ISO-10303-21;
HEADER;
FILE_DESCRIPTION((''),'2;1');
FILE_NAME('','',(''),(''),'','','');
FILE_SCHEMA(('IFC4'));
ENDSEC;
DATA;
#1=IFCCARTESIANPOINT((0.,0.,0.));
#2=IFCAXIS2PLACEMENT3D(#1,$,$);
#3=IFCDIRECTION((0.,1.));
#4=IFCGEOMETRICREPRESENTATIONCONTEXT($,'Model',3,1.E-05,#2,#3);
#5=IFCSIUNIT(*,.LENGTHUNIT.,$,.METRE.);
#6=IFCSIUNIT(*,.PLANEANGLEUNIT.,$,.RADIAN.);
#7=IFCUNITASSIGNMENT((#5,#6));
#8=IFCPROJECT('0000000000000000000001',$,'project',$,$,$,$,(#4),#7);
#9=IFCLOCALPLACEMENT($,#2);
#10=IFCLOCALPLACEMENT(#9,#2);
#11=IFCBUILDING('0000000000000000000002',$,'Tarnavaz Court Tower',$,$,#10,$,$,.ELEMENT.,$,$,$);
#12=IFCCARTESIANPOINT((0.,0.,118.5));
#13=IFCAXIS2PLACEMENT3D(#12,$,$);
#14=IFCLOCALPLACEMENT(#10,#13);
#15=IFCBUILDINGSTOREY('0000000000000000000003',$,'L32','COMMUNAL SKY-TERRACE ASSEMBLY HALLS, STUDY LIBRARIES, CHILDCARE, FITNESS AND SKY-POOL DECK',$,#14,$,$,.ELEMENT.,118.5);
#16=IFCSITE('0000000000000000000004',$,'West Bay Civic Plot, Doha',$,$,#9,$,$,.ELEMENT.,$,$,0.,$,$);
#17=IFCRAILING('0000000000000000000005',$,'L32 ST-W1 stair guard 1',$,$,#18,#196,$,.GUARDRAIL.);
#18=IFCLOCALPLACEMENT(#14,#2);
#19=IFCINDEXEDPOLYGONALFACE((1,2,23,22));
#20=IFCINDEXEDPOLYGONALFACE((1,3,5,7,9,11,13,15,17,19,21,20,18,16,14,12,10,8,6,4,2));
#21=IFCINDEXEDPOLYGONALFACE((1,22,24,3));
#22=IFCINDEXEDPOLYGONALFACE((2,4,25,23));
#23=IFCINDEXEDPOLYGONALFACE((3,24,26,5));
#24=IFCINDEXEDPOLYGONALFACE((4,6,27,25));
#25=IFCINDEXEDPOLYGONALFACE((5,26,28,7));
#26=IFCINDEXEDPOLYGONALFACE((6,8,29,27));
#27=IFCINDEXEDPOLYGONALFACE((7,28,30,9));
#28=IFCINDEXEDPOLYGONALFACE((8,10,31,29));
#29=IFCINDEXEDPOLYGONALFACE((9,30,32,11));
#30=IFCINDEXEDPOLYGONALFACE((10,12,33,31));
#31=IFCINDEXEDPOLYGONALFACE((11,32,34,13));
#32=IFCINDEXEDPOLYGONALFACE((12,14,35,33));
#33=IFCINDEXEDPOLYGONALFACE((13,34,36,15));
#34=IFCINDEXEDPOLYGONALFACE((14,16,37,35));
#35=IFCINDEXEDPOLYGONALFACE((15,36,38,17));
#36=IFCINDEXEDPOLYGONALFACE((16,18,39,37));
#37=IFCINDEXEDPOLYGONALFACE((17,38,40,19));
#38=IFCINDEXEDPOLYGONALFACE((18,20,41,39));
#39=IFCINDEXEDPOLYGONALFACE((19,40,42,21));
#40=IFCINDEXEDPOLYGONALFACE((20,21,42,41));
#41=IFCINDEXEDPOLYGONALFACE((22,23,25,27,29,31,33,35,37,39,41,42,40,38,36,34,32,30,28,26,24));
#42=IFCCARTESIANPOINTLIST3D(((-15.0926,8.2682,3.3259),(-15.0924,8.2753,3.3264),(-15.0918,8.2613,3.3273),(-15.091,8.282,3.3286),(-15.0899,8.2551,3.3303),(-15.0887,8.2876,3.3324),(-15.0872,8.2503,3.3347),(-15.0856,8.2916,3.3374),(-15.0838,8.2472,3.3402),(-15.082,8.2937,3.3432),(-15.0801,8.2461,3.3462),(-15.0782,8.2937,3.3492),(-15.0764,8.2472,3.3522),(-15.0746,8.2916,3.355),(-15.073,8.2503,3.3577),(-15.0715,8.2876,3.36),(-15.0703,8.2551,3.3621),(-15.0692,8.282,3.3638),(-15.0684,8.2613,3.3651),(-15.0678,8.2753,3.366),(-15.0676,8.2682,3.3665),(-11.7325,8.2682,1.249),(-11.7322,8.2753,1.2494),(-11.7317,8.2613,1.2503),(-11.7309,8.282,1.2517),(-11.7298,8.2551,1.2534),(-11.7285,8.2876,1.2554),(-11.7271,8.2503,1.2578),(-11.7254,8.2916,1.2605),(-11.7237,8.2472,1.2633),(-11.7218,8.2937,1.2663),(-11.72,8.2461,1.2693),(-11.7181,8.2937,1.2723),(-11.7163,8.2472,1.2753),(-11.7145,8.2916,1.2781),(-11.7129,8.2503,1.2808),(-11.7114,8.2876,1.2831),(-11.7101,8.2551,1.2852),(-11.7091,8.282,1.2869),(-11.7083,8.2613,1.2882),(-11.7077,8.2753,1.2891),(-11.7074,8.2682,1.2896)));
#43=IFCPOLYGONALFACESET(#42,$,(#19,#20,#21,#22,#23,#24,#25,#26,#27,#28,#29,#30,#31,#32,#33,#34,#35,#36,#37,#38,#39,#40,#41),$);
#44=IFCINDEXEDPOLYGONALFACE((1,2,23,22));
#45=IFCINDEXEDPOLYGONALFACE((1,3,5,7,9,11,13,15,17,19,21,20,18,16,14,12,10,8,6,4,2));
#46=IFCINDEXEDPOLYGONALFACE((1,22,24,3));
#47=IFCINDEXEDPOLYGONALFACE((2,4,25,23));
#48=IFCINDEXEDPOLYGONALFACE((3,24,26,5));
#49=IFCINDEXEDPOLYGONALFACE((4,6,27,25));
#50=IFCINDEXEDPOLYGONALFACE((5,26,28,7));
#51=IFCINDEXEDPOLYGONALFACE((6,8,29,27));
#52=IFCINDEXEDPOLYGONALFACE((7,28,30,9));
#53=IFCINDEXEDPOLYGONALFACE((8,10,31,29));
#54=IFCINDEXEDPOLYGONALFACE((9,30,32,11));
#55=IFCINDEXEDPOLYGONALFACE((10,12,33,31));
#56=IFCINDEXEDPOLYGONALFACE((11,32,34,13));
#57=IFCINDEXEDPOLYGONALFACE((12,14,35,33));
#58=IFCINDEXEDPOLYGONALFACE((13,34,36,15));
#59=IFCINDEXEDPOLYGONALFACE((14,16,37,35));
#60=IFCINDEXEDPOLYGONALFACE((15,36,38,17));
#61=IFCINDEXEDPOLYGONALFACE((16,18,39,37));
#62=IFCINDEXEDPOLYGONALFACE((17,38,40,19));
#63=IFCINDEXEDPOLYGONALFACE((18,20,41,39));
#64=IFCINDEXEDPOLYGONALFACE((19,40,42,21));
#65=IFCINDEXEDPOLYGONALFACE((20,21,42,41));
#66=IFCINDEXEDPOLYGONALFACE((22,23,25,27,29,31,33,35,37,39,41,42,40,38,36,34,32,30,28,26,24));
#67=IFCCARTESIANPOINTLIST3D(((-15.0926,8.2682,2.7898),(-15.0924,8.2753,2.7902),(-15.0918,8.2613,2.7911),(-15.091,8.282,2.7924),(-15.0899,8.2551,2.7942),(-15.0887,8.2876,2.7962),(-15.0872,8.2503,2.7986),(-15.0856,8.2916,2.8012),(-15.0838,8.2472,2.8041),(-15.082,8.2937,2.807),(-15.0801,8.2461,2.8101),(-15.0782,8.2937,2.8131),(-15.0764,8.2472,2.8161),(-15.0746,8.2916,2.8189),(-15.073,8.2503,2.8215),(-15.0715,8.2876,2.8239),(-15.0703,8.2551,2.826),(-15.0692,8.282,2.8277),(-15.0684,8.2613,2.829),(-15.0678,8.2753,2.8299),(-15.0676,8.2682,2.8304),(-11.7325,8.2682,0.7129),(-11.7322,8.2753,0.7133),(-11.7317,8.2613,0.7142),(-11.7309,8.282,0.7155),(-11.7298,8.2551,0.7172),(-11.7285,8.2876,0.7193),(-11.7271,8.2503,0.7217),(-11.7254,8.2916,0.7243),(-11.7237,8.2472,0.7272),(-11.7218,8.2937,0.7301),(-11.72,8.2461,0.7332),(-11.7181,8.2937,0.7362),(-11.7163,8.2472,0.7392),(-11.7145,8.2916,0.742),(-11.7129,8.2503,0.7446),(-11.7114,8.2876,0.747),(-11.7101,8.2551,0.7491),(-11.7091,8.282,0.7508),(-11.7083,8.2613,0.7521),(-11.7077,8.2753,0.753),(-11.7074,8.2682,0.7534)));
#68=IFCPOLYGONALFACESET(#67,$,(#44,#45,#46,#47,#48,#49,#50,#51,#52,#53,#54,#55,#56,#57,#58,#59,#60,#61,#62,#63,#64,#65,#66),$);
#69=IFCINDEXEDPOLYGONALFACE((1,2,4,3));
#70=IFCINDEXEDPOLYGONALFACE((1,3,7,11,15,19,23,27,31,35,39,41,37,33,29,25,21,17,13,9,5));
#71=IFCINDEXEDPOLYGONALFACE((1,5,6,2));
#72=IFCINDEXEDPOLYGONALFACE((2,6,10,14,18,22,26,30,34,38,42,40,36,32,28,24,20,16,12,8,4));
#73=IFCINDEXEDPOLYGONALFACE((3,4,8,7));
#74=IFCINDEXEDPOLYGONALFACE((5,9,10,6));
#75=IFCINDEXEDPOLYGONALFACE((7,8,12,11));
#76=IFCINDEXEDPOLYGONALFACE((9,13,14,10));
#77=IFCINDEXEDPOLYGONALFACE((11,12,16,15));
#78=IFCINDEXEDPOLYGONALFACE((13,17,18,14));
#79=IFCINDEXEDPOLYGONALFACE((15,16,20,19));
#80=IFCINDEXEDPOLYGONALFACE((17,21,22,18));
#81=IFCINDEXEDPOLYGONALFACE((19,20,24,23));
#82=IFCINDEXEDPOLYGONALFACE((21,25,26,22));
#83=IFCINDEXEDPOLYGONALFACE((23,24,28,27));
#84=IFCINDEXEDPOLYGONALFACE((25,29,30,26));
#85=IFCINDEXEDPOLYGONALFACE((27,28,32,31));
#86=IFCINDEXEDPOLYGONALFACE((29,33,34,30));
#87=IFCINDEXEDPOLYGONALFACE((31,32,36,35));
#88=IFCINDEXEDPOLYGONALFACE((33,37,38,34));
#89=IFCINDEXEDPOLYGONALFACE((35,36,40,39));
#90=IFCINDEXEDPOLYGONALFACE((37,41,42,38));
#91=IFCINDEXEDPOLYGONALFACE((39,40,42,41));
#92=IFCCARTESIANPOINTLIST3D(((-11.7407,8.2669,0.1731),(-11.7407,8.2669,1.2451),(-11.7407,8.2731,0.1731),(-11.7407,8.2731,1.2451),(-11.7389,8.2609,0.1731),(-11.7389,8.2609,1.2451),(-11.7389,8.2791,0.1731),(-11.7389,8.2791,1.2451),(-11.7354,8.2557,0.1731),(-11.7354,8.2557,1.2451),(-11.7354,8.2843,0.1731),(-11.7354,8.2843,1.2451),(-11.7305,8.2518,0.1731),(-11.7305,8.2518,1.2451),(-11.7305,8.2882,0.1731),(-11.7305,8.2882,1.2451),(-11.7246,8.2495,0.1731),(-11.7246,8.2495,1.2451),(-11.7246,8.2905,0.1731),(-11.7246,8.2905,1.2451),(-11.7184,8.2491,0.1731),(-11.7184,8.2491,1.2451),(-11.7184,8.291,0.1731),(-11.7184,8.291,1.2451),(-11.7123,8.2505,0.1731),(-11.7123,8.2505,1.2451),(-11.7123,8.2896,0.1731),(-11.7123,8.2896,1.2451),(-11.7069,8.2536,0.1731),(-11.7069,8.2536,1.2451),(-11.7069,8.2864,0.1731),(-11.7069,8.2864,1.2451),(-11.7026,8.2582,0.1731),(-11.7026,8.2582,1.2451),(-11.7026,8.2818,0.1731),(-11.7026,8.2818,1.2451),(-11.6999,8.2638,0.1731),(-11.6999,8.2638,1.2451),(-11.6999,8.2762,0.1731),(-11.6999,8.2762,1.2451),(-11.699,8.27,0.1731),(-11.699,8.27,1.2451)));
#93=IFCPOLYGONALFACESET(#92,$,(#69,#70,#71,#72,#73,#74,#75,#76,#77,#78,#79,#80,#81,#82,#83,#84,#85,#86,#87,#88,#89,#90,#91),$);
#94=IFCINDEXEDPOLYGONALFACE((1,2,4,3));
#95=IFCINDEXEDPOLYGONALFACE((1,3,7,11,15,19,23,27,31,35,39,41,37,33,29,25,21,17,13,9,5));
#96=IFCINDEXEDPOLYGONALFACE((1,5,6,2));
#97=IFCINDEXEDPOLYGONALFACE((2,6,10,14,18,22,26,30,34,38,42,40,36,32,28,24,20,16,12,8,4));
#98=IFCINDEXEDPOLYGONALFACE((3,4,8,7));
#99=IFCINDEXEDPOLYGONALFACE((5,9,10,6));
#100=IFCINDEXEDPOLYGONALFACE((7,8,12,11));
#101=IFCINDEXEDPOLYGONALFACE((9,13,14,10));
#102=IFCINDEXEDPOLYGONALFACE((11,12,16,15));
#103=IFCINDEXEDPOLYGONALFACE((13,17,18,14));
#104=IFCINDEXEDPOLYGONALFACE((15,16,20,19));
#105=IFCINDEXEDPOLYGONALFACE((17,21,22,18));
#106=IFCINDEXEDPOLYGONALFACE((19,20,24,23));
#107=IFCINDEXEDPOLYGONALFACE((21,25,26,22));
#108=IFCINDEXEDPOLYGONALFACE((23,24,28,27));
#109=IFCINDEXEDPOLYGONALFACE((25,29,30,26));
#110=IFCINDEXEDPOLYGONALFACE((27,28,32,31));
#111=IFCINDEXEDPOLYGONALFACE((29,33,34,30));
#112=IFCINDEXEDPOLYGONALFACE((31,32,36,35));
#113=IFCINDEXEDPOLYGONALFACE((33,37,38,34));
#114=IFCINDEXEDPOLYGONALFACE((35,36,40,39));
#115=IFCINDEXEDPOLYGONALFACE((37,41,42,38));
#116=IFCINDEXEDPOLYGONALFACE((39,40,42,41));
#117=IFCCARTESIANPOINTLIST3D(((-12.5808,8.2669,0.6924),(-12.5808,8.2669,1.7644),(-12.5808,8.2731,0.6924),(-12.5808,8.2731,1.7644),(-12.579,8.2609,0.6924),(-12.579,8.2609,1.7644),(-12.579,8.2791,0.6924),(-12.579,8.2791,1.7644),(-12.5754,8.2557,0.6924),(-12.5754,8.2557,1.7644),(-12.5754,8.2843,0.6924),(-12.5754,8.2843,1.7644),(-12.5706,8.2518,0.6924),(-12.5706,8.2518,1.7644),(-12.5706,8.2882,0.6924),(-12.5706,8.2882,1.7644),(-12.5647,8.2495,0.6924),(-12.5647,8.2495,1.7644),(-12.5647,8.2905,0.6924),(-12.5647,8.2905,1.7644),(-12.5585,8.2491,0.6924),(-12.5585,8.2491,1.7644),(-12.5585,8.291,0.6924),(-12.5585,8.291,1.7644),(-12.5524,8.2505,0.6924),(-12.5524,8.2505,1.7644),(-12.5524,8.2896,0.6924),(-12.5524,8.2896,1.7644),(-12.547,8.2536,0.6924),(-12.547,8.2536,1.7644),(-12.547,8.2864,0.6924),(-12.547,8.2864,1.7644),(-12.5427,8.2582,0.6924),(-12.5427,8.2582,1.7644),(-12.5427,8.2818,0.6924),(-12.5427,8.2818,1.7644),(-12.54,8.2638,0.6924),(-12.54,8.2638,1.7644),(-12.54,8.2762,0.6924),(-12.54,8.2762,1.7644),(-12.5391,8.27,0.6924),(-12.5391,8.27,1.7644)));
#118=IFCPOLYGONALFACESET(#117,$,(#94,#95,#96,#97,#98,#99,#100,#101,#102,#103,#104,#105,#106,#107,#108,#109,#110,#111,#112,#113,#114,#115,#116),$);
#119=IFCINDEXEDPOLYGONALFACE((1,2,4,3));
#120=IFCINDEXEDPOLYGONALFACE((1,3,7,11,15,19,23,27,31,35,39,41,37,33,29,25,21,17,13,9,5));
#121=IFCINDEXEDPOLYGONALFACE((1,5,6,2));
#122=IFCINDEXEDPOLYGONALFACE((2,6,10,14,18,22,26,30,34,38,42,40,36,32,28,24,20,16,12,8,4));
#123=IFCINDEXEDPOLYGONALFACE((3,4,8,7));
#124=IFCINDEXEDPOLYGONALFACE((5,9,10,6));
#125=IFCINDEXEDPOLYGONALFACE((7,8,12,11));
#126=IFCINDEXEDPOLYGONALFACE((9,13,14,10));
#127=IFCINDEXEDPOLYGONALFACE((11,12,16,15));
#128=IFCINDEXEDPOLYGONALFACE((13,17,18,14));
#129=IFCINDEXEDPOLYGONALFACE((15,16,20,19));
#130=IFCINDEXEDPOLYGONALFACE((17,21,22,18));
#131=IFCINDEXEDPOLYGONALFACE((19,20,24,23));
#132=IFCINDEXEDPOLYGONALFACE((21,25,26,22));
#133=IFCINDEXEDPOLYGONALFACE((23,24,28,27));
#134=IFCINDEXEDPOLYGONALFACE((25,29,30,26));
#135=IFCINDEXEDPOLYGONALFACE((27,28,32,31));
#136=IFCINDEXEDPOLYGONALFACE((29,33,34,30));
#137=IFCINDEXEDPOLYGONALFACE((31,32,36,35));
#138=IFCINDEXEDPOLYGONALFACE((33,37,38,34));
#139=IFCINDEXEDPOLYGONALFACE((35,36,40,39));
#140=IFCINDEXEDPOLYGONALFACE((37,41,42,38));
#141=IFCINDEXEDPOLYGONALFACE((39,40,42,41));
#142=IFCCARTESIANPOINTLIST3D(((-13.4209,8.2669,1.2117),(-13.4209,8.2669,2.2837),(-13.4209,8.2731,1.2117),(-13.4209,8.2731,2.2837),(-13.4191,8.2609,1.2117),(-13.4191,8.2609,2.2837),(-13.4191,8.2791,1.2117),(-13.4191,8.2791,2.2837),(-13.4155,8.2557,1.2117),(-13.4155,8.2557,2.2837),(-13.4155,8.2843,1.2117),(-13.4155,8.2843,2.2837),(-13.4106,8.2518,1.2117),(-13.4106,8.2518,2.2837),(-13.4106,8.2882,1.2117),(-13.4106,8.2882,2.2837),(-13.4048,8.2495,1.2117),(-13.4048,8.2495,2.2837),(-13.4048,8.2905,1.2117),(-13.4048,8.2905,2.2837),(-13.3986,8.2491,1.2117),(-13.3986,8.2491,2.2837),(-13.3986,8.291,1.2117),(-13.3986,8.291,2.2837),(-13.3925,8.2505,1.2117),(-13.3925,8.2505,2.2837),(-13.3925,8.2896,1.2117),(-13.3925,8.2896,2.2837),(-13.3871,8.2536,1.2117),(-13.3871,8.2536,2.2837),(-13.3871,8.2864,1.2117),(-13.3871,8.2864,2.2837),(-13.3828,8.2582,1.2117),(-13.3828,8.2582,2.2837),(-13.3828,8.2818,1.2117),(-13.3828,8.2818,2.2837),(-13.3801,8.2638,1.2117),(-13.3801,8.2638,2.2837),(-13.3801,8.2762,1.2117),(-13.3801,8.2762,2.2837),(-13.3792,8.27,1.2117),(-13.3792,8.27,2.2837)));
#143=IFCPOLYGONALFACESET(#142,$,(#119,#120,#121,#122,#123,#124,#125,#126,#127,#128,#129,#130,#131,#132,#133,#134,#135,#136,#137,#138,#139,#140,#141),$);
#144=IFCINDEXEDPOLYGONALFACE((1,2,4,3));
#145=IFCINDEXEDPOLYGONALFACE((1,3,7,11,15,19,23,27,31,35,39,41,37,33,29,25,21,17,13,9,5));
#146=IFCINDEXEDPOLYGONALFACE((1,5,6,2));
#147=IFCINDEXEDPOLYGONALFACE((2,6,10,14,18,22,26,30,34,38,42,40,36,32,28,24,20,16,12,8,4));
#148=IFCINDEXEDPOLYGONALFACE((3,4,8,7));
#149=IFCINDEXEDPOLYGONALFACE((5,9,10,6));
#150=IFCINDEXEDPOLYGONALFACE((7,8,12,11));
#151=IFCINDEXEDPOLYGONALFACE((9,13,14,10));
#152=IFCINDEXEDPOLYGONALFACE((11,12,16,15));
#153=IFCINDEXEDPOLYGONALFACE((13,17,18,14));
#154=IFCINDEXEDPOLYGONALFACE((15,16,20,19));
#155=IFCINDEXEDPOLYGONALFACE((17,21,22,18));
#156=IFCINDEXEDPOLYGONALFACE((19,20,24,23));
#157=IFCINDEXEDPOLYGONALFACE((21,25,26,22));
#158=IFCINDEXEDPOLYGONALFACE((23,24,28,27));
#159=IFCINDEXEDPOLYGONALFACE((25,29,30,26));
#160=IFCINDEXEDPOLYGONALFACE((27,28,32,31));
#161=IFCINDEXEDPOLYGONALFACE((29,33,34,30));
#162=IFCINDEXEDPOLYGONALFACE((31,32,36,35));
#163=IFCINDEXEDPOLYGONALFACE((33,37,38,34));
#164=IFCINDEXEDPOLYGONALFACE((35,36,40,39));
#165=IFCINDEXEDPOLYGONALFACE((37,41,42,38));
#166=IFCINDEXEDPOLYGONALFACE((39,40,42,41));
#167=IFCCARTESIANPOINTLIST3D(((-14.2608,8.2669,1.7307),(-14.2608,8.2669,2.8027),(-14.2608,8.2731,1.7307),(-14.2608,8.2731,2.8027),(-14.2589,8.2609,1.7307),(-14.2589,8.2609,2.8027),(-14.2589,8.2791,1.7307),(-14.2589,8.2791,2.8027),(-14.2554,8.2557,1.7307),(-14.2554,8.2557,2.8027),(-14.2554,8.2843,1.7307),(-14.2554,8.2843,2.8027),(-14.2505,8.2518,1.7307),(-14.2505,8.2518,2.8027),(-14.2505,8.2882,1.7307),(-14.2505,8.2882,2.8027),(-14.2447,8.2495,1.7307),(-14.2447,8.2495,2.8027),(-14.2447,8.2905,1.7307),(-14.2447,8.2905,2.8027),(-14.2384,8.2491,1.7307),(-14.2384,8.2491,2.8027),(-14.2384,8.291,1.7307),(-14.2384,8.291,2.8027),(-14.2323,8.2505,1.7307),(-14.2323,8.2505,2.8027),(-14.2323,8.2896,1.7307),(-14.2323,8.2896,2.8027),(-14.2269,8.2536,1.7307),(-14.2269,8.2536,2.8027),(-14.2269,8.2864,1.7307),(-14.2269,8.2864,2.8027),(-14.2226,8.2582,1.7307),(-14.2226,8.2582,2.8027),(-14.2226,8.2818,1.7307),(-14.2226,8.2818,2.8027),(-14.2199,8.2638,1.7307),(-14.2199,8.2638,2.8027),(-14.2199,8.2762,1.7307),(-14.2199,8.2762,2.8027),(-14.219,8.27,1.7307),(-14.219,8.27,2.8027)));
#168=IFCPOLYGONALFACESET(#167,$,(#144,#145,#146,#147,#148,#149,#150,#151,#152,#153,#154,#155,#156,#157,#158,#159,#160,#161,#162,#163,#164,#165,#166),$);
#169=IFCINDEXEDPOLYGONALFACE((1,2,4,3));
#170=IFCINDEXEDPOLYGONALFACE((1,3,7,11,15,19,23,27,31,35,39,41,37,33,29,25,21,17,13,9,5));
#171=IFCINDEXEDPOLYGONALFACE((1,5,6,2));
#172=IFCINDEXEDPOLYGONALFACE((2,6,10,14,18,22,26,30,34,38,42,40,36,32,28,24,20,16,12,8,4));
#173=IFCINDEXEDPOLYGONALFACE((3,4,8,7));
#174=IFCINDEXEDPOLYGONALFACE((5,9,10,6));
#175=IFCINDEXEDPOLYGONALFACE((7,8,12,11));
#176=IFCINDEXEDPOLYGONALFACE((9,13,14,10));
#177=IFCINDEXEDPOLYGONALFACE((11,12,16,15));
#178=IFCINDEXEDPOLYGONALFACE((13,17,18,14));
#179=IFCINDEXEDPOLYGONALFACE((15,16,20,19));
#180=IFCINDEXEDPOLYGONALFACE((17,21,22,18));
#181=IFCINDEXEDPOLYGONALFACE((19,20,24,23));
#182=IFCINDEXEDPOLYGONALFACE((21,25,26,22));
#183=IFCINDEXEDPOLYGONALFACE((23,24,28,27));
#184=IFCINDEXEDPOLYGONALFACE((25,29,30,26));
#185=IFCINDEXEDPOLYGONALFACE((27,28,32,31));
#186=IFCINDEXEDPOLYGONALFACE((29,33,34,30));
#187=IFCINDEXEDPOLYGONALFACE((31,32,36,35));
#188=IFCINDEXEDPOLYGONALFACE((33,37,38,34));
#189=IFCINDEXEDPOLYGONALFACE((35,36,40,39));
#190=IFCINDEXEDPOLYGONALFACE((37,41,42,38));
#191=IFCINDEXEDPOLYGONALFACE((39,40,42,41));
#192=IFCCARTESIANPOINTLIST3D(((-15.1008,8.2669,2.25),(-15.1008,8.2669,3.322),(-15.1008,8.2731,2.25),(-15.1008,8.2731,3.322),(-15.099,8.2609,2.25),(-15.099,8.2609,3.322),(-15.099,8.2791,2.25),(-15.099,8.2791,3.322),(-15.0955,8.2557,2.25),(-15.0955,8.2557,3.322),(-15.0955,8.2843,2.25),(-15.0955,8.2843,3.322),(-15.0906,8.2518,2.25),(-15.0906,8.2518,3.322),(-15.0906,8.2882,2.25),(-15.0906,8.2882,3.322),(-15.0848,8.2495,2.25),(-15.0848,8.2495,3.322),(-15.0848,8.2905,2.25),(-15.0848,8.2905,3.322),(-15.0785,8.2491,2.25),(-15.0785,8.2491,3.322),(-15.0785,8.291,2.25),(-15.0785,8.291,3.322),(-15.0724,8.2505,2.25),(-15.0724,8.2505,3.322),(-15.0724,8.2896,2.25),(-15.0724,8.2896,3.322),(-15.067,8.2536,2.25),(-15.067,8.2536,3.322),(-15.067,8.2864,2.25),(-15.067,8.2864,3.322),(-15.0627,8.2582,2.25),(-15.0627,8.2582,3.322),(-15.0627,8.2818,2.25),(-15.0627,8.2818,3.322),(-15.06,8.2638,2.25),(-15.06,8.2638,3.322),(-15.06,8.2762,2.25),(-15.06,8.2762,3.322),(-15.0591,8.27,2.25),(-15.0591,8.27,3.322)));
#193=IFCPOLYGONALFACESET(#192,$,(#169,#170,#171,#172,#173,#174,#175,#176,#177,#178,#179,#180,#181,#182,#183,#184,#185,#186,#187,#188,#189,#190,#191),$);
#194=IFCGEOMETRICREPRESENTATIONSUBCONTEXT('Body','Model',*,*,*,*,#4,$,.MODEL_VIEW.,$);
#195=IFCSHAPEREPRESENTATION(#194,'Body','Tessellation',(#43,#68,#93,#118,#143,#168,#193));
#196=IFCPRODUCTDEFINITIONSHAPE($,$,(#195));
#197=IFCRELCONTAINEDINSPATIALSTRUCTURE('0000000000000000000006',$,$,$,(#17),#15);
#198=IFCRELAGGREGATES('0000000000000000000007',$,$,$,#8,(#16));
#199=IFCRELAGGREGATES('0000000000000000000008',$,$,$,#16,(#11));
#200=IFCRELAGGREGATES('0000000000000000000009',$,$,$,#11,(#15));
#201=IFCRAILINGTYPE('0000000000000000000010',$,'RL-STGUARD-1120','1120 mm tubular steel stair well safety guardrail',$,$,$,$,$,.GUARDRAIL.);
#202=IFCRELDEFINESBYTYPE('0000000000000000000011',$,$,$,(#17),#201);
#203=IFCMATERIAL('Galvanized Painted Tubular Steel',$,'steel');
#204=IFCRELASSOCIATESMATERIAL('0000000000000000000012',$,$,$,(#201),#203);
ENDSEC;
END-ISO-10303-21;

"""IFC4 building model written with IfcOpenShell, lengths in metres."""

from ifc_helpers import new_model, si_unit, direction, frame, origin, origin_2d, place, context, subcontext, project, spatial, circle, extrude, material, type_object, element, save


model = new_model("IFC4")

# Units and contexts
model_context = context("Model", 3, precision=1e-05, world=origin(), true_north=direction((0.0, 1.0)))
body_context = subcontext(model_context, "Body", "Model", "MODEL_VIEW")
ifc_project = project(units=[si_unit("LENGTHUNIT", "METRE"), si_unit("PLANEANGLEUNIT", "RADIAN")], contexts=[model_context])

# Site, building, storey
site_placement = place(None, origin())
site = spatial("IfcSite", under=ifc_project, at=site_placement, Name="West Bay Civic Plot, Doha", CompositionType="ELEMENT", RefElevation=0.0)
building_placement = place(site_placement, origin())
building = spatial("IfcBuilding", under=site, at=building_placement, Name="Tarnavaz Court Tower", CompositionType="ELEMENT")
storey_placement = place(building_placement, frame((0.0, 0.0, 118.5)))
storey = spatial("IfcBuildingStorey", under=building, at=storey_placement, Name="L32", Description="COMMUNAL SKY-TERRACE ASSEMBLY HALLS, STUDY LIBRARIES, CHILDCARE, FITNESS AND SKY-POOL DECK", CompositionType="ELEMENT", Elevation=118.5)

# Railing
ifc_material_1 = material(Name="Galvanized Painted Tubular Steel", Category="steel")
railing_type_1 = type_object("IfcRailingType", Name="RL-STGUARD-1120", Description="1120 mm tubular steel stair well safety guardrail", PredefinedType="GUARDRAIL", material=ifc_material_1)
railing_1_placement = place(storey_placement, frame((-11.72, 8.27, 0.1731)))
element("IfcRailing", 1, at=railing_1_placement, inside=storey, type_object=railing_type_1, Name="L32 ST-W1 stair guard 1", PredefinedType="GUARDRAIL", context=body_context, shape_type="SweptSolid", body=[
    extrude(circle(Radius=0.0239, at=origin_2d()), frame((0.0, 0.0, 1.0962), z_axis=(-0.850623, 0.0, 0.525776), x_axis=(0.0, -1.0, 0.0)), (0.0, 0.0, 1.0), 3.9502),
    extrude(circle(Radius=0.0239, at=origin_2d()), frame((0.0, 0.0, 0.5601), z_axis=(-0.850623, 0.0, 0.525776), x_axis=(0.0, -1.0, 0.0)), (0.0, 0.0, 1.0), 3.9502),
    extrude(circle(Radius=0.021, at=origin_2d()), origin(), (0.0, 0.0, 1.0), 1.072),
    extrude(circle(Radius=0.021, at=origin_2d()), frame((-0.8401, 0.0, 0.5193)), (0.0, 0.0, 1.0), 1.072),
    extrude(circle(Radius=0.021, at=origin_2d()), frame((-1.6802, 0.0, 1.0386)), (0.0, 0.0, 1.0), 1.072),
    extrude(circle(Radius=0.021, at=origin_2d()), frame((-2.52, 0.0, 1.5576)), (0.0, 0.0, 1.0), 1.072),
    extrude(circle(Radius=0.021, at=origin_2d()), frame((-3.3601, 0.0, 2.0769)), (0.0, 0.0, 1.0), 1.072),
])

save(model, "model.ifc")
